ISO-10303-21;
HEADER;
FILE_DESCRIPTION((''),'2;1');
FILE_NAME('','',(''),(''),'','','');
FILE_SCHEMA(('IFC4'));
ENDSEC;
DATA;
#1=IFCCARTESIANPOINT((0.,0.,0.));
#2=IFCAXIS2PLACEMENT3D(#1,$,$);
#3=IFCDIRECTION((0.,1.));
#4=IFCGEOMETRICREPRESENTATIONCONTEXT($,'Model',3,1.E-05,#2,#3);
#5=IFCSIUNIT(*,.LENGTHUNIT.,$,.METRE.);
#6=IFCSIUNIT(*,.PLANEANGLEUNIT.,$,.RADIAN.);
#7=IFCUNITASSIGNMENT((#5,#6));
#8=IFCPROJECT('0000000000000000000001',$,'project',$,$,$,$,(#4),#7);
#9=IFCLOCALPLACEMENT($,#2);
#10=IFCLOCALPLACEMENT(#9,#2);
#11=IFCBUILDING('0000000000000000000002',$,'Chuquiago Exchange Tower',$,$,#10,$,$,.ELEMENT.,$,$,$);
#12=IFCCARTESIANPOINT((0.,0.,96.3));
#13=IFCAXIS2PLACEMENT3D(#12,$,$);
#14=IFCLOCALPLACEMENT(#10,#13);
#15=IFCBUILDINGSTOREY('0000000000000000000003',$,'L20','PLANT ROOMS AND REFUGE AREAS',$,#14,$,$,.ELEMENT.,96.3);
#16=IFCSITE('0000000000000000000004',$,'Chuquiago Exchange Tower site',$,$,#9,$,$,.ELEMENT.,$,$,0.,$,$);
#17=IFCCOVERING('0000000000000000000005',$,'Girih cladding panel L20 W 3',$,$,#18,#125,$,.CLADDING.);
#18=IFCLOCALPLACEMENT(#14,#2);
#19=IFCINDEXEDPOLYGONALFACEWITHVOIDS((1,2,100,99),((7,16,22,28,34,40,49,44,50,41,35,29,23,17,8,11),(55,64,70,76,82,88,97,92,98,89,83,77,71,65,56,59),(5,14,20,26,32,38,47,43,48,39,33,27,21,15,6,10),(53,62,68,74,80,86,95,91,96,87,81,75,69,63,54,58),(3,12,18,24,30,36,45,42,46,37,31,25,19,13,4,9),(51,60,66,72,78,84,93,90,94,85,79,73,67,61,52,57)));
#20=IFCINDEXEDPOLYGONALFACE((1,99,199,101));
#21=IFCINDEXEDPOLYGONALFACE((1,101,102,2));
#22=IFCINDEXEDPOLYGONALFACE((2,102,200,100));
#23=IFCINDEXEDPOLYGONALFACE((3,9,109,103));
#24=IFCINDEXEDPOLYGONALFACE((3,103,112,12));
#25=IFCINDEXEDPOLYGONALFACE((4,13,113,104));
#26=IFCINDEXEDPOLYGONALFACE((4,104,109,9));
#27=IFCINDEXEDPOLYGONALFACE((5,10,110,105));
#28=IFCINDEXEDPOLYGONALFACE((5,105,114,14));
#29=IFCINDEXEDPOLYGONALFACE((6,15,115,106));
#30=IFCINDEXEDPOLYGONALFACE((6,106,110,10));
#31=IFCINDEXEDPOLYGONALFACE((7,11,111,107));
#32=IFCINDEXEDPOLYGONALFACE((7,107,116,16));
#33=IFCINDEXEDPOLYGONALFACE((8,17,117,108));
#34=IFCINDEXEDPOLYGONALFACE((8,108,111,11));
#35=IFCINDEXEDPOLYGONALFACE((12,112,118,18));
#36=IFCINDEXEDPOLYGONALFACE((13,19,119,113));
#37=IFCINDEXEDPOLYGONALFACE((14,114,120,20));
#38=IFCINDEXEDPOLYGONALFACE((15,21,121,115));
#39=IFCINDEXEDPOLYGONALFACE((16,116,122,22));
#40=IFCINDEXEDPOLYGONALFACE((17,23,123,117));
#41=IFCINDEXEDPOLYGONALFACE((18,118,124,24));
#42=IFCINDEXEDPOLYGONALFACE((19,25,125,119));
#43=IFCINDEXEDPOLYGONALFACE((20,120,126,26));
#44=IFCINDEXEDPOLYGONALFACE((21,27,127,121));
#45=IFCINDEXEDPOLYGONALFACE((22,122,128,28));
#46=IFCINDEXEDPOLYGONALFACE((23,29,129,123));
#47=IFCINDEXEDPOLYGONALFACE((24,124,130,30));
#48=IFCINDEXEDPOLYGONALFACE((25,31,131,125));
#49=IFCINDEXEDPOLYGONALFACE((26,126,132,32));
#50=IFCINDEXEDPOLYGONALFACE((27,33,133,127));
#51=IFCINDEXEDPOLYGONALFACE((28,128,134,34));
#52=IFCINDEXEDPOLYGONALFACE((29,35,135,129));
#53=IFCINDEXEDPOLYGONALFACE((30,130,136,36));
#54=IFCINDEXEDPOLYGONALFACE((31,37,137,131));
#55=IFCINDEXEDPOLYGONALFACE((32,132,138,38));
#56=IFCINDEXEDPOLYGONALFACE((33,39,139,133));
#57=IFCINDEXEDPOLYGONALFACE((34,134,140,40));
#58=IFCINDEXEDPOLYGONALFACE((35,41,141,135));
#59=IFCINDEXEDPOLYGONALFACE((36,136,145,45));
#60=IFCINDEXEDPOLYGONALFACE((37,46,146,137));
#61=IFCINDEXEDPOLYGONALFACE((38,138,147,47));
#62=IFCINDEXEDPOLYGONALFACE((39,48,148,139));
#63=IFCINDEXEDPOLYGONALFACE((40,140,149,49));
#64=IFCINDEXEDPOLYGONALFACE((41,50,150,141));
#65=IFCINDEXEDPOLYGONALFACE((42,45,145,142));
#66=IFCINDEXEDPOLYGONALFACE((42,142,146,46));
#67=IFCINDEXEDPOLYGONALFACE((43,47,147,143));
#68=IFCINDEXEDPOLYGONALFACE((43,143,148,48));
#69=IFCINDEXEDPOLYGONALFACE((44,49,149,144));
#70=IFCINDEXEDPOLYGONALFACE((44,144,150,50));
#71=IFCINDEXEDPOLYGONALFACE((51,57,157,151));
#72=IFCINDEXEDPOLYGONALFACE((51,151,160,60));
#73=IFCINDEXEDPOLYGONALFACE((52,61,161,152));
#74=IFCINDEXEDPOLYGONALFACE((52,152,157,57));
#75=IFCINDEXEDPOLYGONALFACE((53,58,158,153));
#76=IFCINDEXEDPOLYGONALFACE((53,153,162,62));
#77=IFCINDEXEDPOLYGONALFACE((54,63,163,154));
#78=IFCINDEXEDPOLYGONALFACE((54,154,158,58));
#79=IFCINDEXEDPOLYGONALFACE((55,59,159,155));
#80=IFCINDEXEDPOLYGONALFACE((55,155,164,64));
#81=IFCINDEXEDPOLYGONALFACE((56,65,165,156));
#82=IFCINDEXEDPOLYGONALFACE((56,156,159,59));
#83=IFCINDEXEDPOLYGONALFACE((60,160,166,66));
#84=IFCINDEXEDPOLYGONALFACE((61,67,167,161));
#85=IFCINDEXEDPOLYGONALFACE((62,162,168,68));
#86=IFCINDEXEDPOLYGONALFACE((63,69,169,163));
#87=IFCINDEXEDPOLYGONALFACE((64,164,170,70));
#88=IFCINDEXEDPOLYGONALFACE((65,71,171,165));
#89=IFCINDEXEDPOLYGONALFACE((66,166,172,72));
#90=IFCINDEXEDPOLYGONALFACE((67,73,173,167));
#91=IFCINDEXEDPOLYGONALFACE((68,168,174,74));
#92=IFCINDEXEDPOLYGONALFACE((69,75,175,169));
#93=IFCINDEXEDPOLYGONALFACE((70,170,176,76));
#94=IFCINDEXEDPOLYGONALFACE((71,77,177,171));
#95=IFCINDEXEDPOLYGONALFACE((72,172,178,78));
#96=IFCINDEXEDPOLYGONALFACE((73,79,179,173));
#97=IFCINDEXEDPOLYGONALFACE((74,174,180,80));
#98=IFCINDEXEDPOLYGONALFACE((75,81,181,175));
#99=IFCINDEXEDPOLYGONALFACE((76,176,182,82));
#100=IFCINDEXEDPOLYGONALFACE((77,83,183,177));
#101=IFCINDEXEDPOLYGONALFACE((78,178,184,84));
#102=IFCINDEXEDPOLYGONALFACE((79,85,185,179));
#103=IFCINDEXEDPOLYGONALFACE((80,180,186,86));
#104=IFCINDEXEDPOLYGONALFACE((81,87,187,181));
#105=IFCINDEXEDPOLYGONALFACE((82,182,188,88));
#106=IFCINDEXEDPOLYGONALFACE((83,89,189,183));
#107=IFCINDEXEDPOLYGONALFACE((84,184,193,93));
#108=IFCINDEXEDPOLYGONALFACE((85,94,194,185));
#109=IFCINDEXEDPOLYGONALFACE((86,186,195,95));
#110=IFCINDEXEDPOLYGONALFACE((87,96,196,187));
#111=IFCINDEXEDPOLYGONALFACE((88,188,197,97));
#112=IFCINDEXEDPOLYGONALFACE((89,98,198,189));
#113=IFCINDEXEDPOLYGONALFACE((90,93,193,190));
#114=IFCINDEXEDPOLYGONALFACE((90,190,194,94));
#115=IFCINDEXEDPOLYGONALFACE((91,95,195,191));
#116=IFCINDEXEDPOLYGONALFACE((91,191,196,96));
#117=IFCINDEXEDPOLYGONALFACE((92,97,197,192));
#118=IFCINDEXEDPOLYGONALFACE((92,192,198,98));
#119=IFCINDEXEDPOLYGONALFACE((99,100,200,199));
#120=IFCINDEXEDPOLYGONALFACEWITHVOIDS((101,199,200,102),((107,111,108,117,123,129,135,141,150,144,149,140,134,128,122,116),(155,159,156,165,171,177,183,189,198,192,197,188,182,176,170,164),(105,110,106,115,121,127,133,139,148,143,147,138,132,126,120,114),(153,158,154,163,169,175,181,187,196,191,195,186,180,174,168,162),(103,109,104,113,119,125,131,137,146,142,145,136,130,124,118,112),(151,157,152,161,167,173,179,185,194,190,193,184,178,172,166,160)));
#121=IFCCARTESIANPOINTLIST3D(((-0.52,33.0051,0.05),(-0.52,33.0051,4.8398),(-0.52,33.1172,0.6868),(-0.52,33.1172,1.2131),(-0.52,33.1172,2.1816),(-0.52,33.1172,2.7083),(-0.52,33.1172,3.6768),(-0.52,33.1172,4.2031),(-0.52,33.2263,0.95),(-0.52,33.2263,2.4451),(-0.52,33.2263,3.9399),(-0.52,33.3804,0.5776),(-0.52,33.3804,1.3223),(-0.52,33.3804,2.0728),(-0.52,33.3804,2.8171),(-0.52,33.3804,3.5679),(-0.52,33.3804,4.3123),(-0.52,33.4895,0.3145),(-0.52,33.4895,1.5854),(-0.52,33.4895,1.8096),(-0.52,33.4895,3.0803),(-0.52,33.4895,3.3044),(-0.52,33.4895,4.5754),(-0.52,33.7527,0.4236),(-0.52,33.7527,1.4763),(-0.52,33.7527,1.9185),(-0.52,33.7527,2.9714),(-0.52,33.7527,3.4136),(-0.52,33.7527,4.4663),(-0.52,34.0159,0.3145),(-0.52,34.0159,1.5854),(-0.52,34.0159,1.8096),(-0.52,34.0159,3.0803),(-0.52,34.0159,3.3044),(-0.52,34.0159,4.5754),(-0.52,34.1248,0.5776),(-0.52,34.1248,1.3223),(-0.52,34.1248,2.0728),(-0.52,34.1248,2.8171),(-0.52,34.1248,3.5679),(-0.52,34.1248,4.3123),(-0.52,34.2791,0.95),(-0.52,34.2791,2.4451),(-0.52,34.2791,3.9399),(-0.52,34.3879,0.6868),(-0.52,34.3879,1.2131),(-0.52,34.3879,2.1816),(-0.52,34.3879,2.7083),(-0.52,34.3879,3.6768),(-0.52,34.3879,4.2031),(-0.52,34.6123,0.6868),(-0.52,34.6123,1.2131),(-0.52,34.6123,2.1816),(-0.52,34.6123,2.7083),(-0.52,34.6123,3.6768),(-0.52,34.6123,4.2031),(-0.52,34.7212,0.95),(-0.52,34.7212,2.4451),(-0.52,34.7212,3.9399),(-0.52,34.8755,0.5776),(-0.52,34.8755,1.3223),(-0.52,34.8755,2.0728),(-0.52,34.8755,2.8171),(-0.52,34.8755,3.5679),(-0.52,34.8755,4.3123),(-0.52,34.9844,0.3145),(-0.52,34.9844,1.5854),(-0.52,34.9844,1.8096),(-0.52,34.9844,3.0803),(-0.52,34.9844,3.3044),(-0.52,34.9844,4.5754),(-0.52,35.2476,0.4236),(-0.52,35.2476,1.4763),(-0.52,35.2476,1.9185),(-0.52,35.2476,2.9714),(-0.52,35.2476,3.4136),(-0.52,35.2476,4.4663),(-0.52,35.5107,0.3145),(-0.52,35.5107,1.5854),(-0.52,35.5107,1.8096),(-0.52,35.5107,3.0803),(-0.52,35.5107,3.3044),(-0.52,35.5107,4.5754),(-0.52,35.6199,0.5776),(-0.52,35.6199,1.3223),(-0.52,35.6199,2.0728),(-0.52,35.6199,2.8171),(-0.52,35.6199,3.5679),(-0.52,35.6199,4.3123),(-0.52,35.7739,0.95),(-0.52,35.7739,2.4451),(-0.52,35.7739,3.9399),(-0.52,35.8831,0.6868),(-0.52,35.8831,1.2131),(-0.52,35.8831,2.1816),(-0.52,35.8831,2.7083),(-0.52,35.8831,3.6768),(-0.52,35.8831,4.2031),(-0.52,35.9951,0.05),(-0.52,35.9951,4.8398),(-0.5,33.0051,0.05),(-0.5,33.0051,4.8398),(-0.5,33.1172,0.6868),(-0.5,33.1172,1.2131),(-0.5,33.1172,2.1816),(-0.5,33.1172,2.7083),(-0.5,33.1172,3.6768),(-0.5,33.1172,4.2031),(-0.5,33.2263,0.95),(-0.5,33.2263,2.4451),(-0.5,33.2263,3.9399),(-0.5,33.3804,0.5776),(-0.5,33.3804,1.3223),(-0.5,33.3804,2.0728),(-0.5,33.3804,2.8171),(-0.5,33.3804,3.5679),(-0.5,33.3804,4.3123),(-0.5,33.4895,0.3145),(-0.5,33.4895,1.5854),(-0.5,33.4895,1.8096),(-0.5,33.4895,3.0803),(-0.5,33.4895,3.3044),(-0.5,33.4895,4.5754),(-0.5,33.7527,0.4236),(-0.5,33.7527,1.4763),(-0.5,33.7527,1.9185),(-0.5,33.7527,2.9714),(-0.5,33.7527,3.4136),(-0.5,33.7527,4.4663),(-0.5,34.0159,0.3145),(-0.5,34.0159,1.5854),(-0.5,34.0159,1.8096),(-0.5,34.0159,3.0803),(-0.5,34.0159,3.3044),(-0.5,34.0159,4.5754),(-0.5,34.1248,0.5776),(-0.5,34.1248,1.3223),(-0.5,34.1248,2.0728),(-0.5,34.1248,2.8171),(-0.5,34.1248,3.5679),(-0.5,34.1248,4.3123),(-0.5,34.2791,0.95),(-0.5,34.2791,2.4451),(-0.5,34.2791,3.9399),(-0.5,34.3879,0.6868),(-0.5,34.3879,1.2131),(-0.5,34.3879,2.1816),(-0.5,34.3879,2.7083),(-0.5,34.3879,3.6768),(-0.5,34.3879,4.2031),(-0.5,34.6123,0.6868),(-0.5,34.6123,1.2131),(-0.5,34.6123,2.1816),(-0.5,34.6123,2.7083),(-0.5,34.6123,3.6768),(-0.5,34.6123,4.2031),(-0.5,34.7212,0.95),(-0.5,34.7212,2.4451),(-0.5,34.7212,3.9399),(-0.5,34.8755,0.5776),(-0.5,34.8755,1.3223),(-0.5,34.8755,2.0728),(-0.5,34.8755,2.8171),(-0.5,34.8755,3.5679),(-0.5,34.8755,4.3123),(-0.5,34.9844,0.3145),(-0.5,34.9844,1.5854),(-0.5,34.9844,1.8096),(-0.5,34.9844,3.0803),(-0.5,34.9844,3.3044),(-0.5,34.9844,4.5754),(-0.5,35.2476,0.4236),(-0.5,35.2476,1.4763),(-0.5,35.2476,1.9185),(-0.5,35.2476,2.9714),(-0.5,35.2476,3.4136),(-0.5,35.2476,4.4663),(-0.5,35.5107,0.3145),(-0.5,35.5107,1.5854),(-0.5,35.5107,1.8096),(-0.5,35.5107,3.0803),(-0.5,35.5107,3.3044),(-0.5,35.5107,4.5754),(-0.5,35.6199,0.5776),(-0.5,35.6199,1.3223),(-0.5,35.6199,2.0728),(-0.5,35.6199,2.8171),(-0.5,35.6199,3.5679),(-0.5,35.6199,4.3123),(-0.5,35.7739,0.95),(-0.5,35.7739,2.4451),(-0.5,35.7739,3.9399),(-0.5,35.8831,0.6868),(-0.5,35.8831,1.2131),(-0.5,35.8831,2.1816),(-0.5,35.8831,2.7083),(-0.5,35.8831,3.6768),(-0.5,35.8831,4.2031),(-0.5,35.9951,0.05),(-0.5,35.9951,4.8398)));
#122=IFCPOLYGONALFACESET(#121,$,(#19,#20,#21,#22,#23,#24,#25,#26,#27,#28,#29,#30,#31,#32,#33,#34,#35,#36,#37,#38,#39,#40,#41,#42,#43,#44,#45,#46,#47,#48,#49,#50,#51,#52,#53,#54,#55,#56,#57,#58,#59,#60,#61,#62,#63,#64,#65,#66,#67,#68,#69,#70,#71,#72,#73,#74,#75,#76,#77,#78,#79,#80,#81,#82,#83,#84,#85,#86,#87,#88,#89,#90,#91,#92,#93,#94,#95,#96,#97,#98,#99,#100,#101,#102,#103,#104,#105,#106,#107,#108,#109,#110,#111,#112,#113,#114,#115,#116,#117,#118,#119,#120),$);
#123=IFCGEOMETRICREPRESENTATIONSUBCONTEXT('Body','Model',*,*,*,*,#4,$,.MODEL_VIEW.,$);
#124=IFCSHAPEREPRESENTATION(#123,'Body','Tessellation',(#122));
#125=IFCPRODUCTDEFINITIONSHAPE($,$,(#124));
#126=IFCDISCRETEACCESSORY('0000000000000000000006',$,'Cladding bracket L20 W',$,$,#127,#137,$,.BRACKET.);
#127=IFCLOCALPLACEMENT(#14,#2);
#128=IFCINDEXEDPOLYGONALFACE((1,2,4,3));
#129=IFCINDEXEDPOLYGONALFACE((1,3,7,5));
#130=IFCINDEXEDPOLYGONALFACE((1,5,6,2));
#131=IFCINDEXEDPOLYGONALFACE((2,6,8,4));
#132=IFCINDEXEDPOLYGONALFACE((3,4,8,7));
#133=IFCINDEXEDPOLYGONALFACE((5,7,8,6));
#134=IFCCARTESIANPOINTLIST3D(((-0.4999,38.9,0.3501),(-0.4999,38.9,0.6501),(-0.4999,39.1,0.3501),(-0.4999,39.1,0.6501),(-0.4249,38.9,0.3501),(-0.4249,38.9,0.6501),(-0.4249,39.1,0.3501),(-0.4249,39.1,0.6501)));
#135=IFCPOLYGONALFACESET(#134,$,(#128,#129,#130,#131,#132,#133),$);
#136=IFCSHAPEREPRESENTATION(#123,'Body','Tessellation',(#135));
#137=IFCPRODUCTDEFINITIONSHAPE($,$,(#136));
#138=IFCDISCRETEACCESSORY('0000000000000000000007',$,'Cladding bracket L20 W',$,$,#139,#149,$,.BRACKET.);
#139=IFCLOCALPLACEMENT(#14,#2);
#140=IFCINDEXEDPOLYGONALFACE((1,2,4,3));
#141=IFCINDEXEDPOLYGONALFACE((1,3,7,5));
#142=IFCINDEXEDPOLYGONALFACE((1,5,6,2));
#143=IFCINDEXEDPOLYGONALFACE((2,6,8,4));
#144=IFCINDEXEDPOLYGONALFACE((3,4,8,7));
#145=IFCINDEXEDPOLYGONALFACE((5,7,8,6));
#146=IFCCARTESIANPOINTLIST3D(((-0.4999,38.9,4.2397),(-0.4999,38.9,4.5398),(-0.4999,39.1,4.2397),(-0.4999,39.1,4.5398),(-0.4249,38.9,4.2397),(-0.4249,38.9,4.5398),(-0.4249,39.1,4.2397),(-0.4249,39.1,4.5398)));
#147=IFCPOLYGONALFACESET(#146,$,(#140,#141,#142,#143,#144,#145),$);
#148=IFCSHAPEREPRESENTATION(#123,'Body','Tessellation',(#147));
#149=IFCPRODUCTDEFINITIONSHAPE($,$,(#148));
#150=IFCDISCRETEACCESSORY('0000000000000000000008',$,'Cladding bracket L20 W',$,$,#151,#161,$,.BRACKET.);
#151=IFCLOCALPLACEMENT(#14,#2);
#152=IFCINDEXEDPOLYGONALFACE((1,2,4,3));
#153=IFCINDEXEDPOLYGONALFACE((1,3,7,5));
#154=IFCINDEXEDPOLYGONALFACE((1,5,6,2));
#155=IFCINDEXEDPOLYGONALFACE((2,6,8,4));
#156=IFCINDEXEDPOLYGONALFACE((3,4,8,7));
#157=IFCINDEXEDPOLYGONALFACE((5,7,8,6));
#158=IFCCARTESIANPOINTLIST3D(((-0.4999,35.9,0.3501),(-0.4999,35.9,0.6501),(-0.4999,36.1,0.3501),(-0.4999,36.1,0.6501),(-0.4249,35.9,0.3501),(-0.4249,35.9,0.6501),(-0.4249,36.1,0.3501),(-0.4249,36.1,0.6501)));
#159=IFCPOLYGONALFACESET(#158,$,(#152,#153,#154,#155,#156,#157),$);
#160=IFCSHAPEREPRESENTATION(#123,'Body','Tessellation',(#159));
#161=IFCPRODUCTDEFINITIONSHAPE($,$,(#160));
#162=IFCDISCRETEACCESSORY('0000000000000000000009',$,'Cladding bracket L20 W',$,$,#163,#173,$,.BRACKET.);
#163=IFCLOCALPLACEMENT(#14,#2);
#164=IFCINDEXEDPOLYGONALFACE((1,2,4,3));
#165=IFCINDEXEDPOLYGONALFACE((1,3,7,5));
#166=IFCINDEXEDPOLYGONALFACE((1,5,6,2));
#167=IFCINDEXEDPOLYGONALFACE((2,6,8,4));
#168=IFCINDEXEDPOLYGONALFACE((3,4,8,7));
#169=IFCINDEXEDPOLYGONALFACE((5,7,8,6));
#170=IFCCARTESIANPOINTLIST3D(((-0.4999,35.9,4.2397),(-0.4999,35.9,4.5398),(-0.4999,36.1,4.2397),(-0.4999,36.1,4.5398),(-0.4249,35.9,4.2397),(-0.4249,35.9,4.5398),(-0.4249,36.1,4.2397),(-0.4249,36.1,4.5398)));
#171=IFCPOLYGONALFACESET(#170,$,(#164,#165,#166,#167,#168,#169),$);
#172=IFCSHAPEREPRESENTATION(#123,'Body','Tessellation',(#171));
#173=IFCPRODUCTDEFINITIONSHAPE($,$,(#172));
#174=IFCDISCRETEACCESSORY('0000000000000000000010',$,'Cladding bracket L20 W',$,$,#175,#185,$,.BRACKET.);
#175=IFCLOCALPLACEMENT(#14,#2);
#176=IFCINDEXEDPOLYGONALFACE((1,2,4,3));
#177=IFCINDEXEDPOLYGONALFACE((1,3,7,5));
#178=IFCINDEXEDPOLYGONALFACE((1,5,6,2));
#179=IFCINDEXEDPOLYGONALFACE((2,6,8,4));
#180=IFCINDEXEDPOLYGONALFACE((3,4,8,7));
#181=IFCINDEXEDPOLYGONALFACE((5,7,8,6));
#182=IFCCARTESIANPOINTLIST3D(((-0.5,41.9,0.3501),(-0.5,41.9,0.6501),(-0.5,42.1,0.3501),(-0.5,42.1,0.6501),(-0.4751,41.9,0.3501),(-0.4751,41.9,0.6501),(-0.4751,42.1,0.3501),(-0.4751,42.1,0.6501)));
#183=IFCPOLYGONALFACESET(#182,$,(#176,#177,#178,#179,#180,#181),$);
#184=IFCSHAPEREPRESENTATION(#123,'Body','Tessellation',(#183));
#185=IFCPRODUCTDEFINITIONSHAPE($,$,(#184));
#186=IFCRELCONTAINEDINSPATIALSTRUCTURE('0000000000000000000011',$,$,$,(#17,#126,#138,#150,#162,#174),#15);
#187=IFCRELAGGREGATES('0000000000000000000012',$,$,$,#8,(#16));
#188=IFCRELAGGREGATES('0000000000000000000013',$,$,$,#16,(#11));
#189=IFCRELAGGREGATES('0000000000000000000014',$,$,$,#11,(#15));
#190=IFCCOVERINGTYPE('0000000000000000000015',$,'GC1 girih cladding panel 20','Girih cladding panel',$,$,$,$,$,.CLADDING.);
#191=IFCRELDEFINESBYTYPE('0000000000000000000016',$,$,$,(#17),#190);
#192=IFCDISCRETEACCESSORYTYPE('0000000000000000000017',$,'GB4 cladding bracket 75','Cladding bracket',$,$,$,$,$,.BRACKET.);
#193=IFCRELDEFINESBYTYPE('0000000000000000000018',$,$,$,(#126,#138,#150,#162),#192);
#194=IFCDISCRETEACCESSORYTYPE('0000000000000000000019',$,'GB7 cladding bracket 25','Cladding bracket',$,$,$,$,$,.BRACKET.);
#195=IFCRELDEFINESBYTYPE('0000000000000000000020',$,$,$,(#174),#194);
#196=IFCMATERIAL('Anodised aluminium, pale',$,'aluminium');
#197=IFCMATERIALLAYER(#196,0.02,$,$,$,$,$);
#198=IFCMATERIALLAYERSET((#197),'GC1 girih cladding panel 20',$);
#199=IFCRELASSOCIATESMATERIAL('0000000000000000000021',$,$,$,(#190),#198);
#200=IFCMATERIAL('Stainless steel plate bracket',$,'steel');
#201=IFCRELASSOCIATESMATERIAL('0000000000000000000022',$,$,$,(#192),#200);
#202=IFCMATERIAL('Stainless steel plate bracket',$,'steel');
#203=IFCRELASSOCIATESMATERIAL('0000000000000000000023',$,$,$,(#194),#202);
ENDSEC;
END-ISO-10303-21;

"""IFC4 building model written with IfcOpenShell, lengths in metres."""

from ifc_helpers import new_model, si_unit, direction, frame, origin, origin_2d, place, context, subcontext, project, spatial, polyline, rectangle, outline, extrude, material, layer, layer_set, type_object, element, save


model = new_model("IFC4")

# Units and contexts
model_context = context("Model", 3, precision=1e-05, world=origin(), true_north=direction((0.0, 1.0)))
body_context = subcontext(model_context, "Body", "Model", "MODEL_VIEW")
ifc_project = project(units=[si_unit("LENGTHUNIT", "METRE"), si_unit("PLANEANGLEUNIT", "RADIAN")], contexts=[model_context])

# Site, building, storey
site_placement = place(None, origin())
site = spatial("IfcSite", under=ifc_project, at=site_placement, Name="Chuquiago Exchange Tower site", CompositionType="ELEMENT", RefElevation=0.0)
building_placement = place(site_placement, origin())
building = spatial("IfcBuilding", under=site, at=building_placement, Name="Chuquiago Exchange Tower", CompositionType="ELEMENT")
storey_placement = place(building_placement, frame((0.0, 0.0, 96.3)))
storey = spatial("IfcBuildingStorey", under=building, at=storey_placement, Name="L20", Description="PLANT ROOMS AND REFUGE AREAS", CompositionType="ELEMENT", Elevation=96.3)

# Covering
ifc_material_1 = material(Name="Anodised aluminium, pale", Category="aluminium")
ifc_layer_1 = layer(ifc_material_1, 0.02)
ifc_layer_set_1 = layer_set([ifc_layer_1], Name="GC1 girih cladding panel 20")
covering_type = type_object("IfcCoveringType", Name="GC1 girih cladding panel 20", Description="Girih cladding panel", PredefinedType="CLADDING", material=ifc_layer_set_1)
covering_1_placement = place(storey_placement, frame((-0.5, 35.9951, 0.05), z_axis=(0.0, 0.0, 1.0), x_axis=(0.0, -1.0, 0.0)))
element("IfcCovering", 1, at=covering_1_placement, inside=storey, type_object=covering_type, Name="Girih cladding panel L20 W 3", PredefinedType="CLADDING", context=body_context, shape_type="SweptSolid", body=[
    extrude(outline(polyline([(0.0, 0.0), (2.99, 0.0), (2.99, 4.7898), (0.0, 4.7898), (0.0, 0.0)]), holes=[polyline([(1.2739, 0.8999), (1.3828, 1.1631), (1.1196, 1.2722), (1.0107, 1.5354), (0.7476, 1.4263), (0.4844, 1.5354), (0.3752, 1.2722), (0.1121, 1.1631), (0.2212, 0.8999), (0.1121, 0.6367), (0.3752, 0.5276), (0.4844, 0.2644), (0.7476, 0.3735), (1.0107, 0.2644), (1.1196, 0.5276), (1.3828, 0.6367), (1.2739, 0.8999)]), polyline([(2.7688, 0.8999), (2.8779, 1.1631), (2.6147, 1.2722), (2.5056, 1.5354), (2.2424, 1.4263), (1.9792, 1.5354), (1.8704, 1.2722), (1.6072, 1.1631), (1.7161, 0.8999), (1.6072, 0.6367), (1.8704, 0.5276), (1.9792, 0.2644), (2.2424, 0.3735), (2.5056, 0.2644), (2.6147, 0.5276), (2.8779, 0.6367), (2.7688, 0.8999)]), polyline([(1.2739, 2.395), (1.3828, 2.6582), (1.1196, 2.7671), (1.0107, 3.0303), (0.7476, 2.9214), (0.4844, 3.0303), (0.3752, 2.7671), (0.1121, 2.6582), (0.2212, 2.395), (0.1121, 2.1316), (0.3752, 2.0227), (0.4844, 1.7595), (0.7476, 1.8684), (1.0107, 1.7595), (1.1196, 2.0227), (1.3828, 2.1316), (1.2739, 2.395)]), polyline([(2.7688, 2.395), (2.8779, 2.6582), (2.6147, 2.7671), (2.5056, 3.0303), (2.2424, 2.9214), (1.9792, 3.0303), (1.8704, 2.7671), (1.6072, 2.6582), (1.7161, 2.395), (1.6072, 2.1316), (1.8704, 2.0227), (1.9792, 1.7595), (2.2424, 1.8684), (2.5056, 1.7595), (2.6147, 2.0227), (2.8779, 2.1316), (2.7688, 2.395)]), polyline([(1.2739, 3.8899), (1.3828, 4.1531), (1.1196, 4.2622), (1.0107, 4.5254), (0.7476, 4.4163), (0.4844, 4.5254), (0.3752, 4.2622), (0.1121, 4.1531), (0.2212, 3.8899), (0.1121, 3.6267), (0.3752, 3.5178), (0.4844, 3.2544), (0.7476, 3.3635), (1.0107, 3.2544), (1.1196, 3.5178), (1.3828, 3.6267), (1.2739, 3.8899)]), polyline([(2.7688, 3.8899), (2.8779, 4.1531), (2.6147, 4.2622), (2.5056, 4.5254), (2.2424, 4.4163), (1.9792, 4.5254), (1.8704, 4.2622), (1.6072, 4.1531), (1.7161, 3.8899), (1.6072, 3.6267), (1.8704, 3.5178), (1.9792, 3.2544), (2.2424, 3.3635), (2.5056, 3.2544), (2.6147, 3.5178), (2.8779, 3.6267), (2.7688, 3.8899)])]), frame((0.0, 0.0, 0.0), z_axis=(0.0, -1.0, 0.0), x_axis=(1.0, 0.0, 0.0)), (0.0, 0.0, 1.0), 0.02),
])

# Discrete accessories
ifc_material_2 = material(Name="Stainless steel plate bracket", Category="steel")
discrete_accessory_type_1 = type_object("IfcDiscreteAccessoryType", Name="GB4 cladding bracket 75", Description="Cladding bracket", PredefinedType="BRACKET", material=ifc_material_2)
for number, where, z_axis, x_axis, name in (
    (2, (-0.4624, 39.0, 0.3501), (0.0, 0.0, 1.0), (0.0, -1.0, 0.0), "Cladding bracket L20 W"),
    (3, (-0.4624, 39.0, 4.2397), (0.0, 0.0, 1.0), (0.0, -1.0, 0.0), "Cladding bracket L20 W"),
    (4, (-0.4624, 36.0, 0.3501), (0.0, 0.0, 1.0), (0.0, -1.0, 0.0), "Cladding bracket L20 W"),
    (5, (-0.4624, 36.0, 4.2397), (0.0, 0.0, 1.0), (0.0, -1.0, 0.0), "Cladding bracket L20 W"),
):
    element("IfcDiscreteAccessory", number, at=place(storey_placement, frame(where, z_axis=z_axis, x_axis=x_axis)), inside=storey, type_object=discrete_accessory_type_1, Name=name, PredefinedType="BRACKET", context=body_context, shape_type="SweptSolid", body=[
        extrude(rectangle(XDim=0.2, YDim=0.075, at=origin_2d()), origin(), (0.0, 0.0, 1.0), 0.3),
    ])
ifc_material_3 = material(Name="Stainless steel plate bracket", Category="steel")
discrete_accessory_type_2 = type_object("IfcDiscreteAccessoryType", Name="GB7 cladding bracket 25", Description="Cladding bracket", PredefinedType="BRACKET", material=ifc_material_3)
for number, where, z_axis, x_axis, name in (
    (6, (-0.4875, 42.0, 0.3501), (0.0, 0.0, 1.0), (0.0, -1.0, 0.0), "Cladding bracket L20 W"),
):
    element("IfcDiscreteAccessory", number, at=place(storey_placement, frame(where, z_axis=z_axis, x_axis=x_axis)), inside=storey, type_object=discrete_accessory_type_2, Name=name, PredefinedType="BRACKET", context=body_context, shape_type="SweptSolid", body=[
        extrude(rectangle(XDim=0.2, YDim=0.0249, at=origin_2d()), origin(), (0.0, 0.0, 1.0), 0.3),
    ])

save(model, "model.ifc")
